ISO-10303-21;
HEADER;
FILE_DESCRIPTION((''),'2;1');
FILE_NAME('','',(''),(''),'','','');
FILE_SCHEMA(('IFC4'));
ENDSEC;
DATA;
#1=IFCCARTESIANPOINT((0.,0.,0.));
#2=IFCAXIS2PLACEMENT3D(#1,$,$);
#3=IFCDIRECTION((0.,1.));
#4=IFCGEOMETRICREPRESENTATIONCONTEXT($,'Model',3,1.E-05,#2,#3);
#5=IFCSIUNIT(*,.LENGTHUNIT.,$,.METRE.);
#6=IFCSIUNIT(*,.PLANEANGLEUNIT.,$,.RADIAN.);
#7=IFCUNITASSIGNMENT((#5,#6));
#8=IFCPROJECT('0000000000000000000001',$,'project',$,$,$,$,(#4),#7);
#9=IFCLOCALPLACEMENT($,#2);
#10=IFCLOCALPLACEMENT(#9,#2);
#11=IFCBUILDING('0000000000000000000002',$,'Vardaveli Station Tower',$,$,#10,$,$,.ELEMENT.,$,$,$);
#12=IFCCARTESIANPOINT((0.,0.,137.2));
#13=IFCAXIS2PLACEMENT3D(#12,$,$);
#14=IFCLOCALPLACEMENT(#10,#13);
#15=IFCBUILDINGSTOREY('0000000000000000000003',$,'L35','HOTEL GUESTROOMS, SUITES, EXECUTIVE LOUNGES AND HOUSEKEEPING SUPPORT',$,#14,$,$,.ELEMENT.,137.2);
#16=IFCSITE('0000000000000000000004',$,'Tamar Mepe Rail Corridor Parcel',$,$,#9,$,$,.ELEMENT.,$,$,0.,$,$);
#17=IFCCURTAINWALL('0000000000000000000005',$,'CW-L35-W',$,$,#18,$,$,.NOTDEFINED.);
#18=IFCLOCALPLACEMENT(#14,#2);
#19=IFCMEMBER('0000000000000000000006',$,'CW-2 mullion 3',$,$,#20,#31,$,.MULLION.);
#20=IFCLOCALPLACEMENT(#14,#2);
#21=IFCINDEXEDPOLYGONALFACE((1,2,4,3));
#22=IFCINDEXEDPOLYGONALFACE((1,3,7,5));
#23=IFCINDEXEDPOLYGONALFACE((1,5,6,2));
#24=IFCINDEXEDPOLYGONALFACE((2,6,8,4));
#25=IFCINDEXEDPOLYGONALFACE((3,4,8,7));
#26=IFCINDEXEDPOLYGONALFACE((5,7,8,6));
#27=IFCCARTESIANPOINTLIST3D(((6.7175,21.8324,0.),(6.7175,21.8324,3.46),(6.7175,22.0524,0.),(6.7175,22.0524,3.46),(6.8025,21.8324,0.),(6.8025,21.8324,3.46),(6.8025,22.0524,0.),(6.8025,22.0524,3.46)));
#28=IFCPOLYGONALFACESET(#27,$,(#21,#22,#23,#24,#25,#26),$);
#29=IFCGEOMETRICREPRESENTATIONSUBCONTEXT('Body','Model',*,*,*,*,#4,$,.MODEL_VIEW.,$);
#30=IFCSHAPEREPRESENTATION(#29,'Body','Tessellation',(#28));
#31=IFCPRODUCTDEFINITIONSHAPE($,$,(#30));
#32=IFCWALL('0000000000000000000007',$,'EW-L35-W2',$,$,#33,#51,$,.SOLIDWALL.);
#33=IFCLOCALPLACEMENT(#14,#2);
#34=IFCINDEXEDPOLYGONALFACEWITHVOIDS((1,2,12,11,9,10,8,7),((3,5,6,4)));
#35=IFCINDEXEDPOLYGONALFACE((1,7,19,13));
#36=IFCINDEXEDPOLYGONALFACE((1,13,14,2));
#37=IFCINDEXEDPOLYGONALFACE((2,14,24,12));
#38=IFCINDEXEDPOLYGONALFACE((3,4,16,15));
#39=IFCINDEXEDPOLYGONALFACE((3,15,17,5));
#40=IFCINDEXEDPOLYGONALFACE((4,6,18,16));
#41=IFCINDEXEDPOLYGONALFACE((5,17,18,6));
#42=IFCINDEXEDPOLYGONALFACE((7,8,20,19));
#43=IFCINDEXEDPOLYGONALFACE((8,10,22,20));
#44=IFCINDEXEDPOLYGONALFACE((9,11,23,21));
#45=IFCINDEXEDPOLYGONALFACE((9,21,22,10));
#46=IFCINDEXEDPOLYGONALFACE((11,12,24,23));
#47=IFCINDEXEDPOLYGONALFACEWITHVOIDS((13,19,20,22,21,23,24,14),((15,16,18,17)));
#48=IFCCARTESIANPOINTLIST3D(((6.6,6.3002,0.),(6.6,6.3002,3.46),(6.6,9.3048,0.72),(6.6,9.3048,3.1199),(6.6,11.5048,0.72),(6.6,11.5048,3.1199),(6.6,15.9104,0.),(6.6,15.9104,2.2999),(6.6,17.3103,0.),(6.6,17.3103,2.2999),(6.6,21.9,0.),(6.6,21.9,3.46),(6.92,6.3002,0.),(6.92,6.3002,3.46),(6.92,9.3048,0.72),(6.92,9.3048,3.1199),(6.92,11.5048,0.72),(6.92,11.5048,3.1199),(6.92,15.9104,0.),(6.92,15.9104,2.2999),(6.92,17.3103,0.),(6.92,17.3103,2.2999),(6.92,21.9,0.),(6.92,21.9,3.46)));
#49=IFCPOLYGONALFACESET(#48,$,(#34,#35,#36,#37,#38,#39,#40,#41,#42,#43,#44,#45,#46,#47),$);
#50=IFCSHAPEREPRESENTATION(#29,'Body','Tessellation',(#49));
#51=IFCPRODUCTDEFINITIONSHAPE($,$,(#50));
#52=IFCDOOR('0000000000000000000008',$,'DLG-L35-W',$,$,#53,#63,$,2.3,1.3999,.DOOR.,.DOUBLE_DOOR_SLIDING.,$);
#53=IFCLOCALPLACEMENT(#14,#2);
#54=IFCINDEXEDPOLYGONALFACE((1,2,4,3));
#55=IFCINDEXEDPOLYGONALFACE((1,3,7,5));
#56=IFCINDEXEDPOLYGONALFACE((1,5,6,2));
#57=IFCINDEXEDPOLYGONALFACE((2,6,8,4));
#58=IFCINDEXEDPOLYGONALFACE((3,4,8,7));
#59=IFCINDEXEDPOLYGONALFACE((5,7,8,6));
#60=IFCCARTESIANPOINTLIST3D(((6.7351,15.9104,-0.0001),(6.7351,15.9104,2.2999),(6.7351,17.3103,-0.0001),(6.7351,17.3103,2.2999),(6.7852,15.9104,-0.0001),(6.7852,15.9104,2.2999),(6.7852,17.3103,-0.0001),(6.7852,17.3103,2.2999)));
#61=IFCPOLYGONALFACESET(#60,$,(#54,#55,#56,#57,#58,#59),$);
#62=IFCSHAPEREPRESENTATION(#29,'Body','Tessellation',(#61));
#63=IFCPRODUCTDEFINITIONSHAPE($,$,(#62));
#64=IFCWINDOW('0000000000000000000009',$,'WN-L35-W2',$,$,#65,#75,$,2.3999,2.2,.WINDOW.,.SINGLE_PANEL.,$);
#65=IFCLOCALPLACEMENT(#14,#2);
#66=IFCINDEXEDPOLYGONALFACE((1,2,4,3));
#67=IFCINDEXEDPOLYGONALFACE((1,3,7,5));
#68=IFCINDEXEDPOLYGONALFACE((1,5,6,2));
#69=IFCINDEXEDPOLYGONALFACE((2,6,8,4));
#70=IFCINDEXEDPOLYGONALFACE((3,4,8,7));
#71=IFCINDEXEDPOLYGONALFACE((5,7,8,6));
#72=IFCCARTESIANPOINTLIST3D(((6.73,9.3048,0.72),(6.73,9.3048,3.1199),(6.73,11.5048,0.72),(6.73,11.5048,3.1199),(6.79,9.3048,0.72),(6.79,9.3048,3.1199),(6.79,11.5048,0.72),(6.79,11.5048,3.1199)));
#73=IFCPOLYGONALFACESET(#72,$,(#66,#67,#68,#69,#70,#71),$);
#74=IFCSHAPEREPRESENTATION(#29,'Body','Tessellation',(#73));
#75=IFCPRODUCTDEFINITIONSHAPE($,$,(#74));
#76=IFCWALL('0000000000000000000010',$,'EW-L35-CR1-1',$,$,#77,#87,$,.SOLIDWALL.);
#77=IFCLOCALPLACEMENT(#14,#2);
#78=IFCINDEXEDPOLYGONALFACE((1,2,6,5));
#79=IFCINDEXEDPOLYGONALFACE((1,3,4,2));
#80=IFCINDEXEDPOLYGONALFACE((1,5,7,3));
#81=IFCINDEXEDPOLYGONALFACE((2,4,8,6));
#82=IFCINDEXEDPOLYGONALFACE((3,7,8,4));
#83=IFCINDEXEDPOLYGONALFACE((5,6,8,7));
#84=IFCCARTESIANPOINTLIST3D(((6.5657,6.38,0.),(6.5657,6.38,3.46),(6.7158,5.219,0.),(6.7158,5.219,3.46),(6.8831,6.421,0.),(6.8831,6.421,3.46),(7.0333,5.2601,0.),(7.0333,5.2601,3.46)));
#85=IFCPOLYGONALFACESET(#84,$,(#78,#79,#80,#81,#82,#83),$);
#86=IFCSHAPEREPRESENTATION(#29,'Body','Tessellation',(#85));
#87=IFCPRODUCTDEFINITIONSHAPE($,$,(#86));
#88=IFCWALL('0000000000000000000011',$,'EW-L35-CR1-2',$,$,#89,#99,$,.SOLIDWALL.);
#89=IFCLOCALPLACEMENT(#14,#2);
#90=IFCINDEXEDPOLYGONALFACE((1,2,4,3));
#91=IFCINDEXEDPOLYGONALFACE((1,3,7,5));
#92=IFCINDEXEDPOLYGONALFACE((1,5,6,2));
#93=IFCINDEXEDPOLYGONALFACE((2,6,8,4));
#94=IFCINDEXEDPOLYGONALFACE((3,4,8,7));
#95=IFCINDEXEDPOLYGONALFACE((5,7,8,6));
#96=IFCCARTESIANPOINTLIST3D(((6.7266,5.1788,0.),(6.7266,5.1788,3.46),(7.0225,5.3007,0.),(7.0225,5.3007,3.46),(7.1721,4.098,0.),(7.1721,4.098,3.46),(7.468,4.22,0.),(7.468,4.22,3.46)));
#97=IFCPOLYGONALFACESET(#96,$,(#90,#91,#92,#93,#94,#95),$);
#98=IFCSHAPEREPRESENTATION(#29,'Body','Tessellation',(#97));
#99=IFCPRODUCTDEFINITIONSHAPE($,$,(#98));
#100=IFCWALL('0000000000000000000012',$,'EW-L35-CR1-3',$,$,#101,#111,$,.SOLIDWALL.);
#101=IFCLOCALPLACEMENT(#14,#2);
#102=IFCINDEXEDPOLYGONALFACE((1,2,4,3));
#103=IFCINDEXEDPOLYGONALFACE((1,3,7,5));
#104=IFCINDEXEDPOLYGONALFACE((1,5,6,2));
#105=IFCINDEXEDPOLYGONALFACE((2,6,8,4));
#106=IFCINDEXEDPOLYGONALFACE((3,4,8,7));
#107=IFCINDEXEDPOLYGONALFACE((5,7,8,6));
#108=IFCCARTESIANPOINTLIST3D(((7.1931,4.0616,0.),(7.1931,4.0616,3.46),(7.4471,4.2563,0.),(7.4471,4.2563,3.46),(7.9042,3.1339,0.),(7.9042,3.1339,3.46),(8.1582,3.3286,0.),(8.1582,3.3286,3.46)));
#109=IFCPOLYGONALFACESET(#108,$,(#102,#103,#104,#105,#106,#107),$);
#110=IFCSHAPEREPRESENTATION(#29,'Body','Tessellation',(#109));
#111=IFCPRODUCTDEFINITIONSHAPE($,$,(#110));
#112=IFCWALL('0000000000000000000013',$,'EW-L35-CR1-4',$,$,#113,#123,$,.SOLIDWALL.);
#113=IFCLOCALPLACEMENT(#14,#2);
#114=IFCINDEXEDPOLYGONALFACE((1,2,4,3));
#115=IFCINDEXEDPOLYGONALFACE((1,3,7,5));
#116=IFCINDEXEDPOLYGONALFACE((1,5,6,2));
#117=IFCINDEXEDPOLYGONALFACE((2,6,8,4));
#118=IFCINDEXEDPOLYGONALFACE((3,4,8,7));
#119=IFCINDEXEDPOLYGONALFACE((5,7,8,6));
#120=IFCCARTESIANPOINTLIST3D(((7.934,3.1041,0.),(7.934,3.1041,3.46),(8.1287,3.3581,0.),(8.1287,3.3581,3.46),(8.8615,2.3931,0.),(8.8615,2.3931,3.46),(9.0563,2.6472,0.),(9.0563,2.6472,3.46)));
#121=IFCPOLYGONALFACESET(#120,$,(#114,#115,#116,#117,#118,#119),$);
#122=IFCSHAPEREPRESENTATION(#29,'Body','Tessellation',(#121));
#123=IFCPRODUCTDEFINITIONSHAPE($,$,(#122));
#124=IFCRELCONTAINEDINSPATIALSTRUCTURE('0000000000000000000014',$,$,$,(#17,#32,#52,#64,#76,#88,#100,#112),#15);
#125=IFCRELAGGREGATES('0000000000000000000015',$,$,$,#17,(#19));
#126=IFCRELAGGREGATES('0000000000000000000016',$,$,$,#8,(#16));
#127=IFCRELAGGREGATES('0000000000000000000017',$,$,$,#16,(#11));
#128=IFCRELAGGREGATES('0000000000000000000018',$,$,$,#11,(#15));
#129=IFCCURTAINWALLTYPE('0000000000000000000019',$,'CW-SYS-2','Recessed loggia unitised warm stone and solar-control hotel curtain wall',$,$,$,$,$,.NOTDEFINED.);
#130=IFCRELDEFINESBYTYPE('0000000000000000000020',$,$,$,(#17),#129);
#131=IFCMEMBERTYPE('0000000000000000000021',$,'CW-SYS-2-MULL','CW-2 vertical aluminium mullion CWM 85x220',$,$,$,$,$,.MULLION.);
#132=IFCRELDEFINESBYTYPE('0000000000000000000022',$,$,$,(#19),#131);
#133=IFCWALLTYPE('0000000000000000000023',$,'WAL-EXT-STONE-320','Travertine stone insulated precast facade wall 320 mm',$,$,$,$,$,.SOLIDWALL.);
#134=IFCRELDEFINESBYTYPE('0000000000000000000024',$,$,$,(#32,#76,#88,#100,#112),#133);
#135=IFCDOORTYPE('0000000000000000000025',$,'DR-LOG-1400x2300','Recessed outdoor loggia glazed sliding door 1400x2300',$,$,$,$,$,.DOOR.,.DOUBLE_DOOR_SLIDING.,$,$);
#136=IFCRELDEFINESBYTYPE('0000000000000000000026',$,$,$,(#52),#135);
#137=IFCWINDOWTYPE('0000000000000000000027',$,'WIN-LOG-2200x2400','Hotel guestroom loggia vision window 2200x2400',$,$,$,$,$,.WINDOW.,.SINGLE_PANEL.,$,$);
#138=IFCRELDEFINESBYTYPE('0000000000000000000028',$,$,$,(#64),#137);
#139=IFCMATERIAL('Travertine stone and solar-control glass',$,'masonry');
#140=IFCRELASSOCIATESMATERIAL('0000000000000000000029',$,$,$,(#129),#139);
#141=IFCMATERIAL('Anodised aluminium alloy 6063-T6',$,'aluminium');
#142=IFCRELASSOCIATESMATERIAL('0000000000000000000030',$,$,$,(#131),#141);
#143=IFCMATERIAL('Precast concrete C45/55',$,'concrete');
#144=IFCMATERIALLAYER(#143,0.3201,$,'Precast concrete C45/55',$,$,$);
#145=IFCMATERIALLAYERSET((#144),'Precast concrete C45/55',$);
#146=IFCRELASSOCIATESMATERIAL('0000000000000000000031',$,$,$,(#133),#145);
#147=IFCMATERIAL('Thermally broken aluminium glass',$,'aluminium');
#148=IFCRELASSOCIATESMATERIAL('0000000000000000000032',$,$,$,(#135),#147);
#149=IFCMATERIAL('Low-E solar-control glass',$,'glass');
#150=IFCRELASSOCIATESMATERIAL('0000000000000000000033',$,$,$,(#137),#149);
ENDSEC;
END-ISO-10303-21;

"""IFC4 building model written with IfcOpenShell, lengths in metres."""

from ifc_helpers import new_model, si_unit, direction, frame, frame_2d, origin, origin_2d, place, context, subcontext, project, spatial, rectangle, extrude, source, transform, mapped, material, layer, layer_set, material_profile, profile_set, type_object, element, fill, aggregate, save


model = new_model("IFC4")

# Units and contexts
model_context = context("Model", 3, precision=1e-05, world=origin(), true_north=direction((0.0, 1.0)))
body_context = subcontext(model_context, "Body", "Model", "MODEL_VIEW")
ifc_project = project(units=[si_unit("LENGTHUNIT", "METRE"), si_unit("PLANEANGLEUNIT", "RADIAN")], contexts=[model_context])

# Site, building, storey
site_placement = place(None, origin())
site = spatial("IfcSite", under=ifc_project, at=site_placement, Name="Tamar Mepe Rail Corridor Parcel", CompositionType="ELEMENT", RefElevation=0.0)
building_placement = place(site_placement, origin())
building = spatial("IfcBuilding", under=site, at=building_placement, Name="Vardaveli Station Tower", CompositionType="ELEMENT")
storey_placement = place(building_placement, frame((0.0, 0.0, 137.2)))
storey = spatial("IfcBuildingStorey", under=building, at=storey_placement, Name="L35", Description="HOTEL GUESTROOMS, SUITES, EXECUTIVE LOUNGES AND HOUSEKEEPING SUPPORT", CompositionType="ELEMENT", Elevation=137.2)

# Shared definitions
ifc_material_1 = material(Name="Precast concrete C45/55", Category="concrete")

# Curtain wall, member
ifc_material_2 = material(Name="Travertine stone and solar-control glass", Category="masonry")
curtain_wall_type = type_object("IfcCurtainWallType", Name="CW-SYS-2", Description="Recessed loggia unitised warm stone and solar-control hotel curtain wall", PredefinedType="NOTDEFINED", material=ifc_material_2)
curtain_wall_placement = place(storey_placement, origin())
curtain_wall = element("IfcCurtainWall", 1, at=curtain_wall_placement, inside=storey, type_object=curtain_wall_type, Name="CW-L35-W", PredefinedType="NOTDEFINED")
ifc_material_3 = material(Name="Anodised aluminium alloy 6063-T6", Category="aluminium")
ifc_material_profile_1 = material_profile(ifc_material_3, rectangle(XDim=0.085, YDim=0.22, at=origin_2d()), Name="CWM 85x220")
ifc_profile_set_1 = profile_set([ifc_material_profile_1], Name="Anodised aluminium alloy 6063-T6")
member_type = type_object("IfcMemberType", Name="CW-SYS-2-MULL", Description="CW-2 vertical aluminium mullion CWM 85x220", PredefinedType="MULLION", material=ifc_profile_set_1)
shared_shape_1 = source(origin(), body_context, "Body", "SweptSolid", [
    extrude(rectangle(XDim=0.085, YDim=0.22, at=origin_2d()), origin(), (0.0, 0.0, 1.0), 3.46),
])
member_placement = place(storey_placement, frame((6.76, 21.9424, 0.0), z_axis=(0.0, 0.0, 1.0), x_axis=(1.0, 0.0, 0.0)))
member = element("IfcMember", 2, at=member_placement, type_object=member_type, Name="CW-2 mullion 3", PredefinedType="MULLION", context=body_context, shape_type="MappedRepresentation", body=[
    mapped(shared_shape_1, transform((0.0, 0.0, 0.0), scale=1.0)),
])
aggregate(curtain_wall, [member])

# Wall, openings, door, window
ifc_layer_1 = layer(ifc_material_1, 0.3201, Name="Precast concrete C45/55")
ifc_layer_set_1 = layer_set([ifc_layer_1], Name="Precast concrete C45/55")
wall_type_1 = type_object("IfcWallType", Name="WAL-EXT-STONE-320", Description="Travertine stone insulated precast facade wall 320 mm", PredefinedType="SOLIDWALL", material=ifc_layer_set_1)
shared_shape_2 = source(origin(), body_context, "Body", "SweptSolid", [
    extrude(rectangle(XDim=15.5999, YDim=0.3201, at=frame_2d((7.7998, 0.0))), origin(), (0.0, 0.0, 1.0), 3.46),
])
wall_1_placement = place(storey_placement, frame((6.76, 21.8999, 0.0), z_axis=(0.0, 0.0, 1.0), x_axis=(0.0, -1.0, 0.0)))
wall_1 = element("IfcWall", 3, at=wall_1_placement, inside=storey, type_object=wall_type_1, Name="EW-L35-W2", PredefinedType="SOLIDWALL", context=body_context, shape_type="MappedRepresentation", body=[
    mapped(shared_shape_2, transform((0.0, 0.0, 0.0), scale=1.0)),
])
shared_shape_3 = source(origin(), body_context, "Body", "SweptSolid", [
    extrude(rectangle(XDim=1.3999, YDim=2.3, at=frame_2d((0.7, 1.1499))), frame((0.0, 0.1699, 0.0), z_axis=(0.0, -1.0, 0.0), x_axis=(1.0, 0.0, 0.0)), (0.0, 0.0, 1.0), 0.3401),
])
opening_1_placement = place(wall_1_placement, frame((4.5896, 0.0, 0.0)))
opening_1 = element("IfcOpeningElement", 4, at=opening_1_placement, cuts=wall_1, PredefinedType="OPENING", context=body_context, shape_type="MappedRepresentation", body=[
    mapped(shared_shape_3, transform((0.0, 0.0, 0.0), scale=1.0)),
])
shared_shape_4 = source(origin(), body_context, "Body", "SweptSolid", [
    extrude(rectangle(XDim=2.2, YDim=2.3999, at=frame_2d((1.1001, 1.2))), frame((0.0, 0.1699, 0.0), z_axis=(0.0, -1.0, 0.0), x_axis=(1.0, 0.0, 0.0)), (0.0, 0.0, 1.0), 0.3401),
])
opening_2_placement = place(wall_1_placement, frame((10.395, 0.0, 0.72)))
opening_2 = element("IfcOpeningElement", 5, at=opening_2_placement, cuts=wall_1, PredefinedType="OPENING", context=body_context, shape_type="MappedRepresentation", body=[
    mapped(shared_shape_4, transform((0.0, 0.0, 0.0), scale=1.0)),
])
ifc_material_4 = material(Name="Thermally broken aluminium glass", Category="aluminium")
door_type_1 = type_object("IfcDoorType", Name="DR-LOG-1400x2300", Description="Recessed outdoor loggia glazed sliding door 1400x2300", OperationType="DOUBLE_DOOR_SLIDING", PredefinedType="DOOR", material=ifc_material_4)
shared_shape_5 = source(origin(), body_context, "Body", "SweptSolid", [
    extrude(rectangle(XDim=1.3999, YDim=2.3, at=frame_2d((0.7, 1.1499))), frame((0.0, 0.0249, 0.0), z_axis=(0.0, -1.0, 0.0), x_axis=(1.0, 0.0, 0.0)), (0.0, 0.0, 1.0), 0.05),
])
door_1_placement = place(opening_1_placement, frame((1.3999, 0.0, 0.0), z_axis=(0.0, 0.0, 1.0), x_axis=(-1.0, 0.0, 0.0)))
door_1 = element("IfcDoor", 6, at=door_1_placement, inside=storey, type_object=door_type_1, Name="DLG-L35-W", OperationType="DOUBLE_DOOR_SLIDING", OverallHeight=2.3, OverallWidth=1.3999, PredefinedType="DOOR", context=body_context, shape_type="MappedRepresentation", body=[
    mapped(shared_shape_5, transform((0.0, 0.0, 0.0), scale=1.0)),
])
fill(opening_1, door_1)
ifc_material_5 = material(Name="Low-E solar-control glass", Category="glass")
window_type = type_object("IfcWindowType", Name="WIN-LOG-2200x2400", Description="Hotel guestroom loggia vision window 2200x2400", PartitioningType="SINGLE_PANEL", PredefinedType="WINDOW", material=ifc_material_5)
shared_shape_6 = source(origin(), body_context, "Body", "SweptSolid", [
    extrude(rectangle(XDim=2.2, YDim=2.3999, at=frame_2d((1.1001, 1.2))), frame((0.0, 0.03, 0.0), z_axis=(0.0, -1.0, 0.0), x_axis=(1.0, 0.0, 0.0)), (0.0, 0.0, 1.0), 0.0601),
])
window_placement = place(opening_2_placement, origin())
window = element("IfcWindow", 7, at=window_placement, inside=storey, type_object=window_type, Name="WN-L35-W2", OverallHeight=2.3999, OverallWidth=2.2, PartitioningType="SINGLE_PANEL", PredefinedType="WINDOW", context=body_context, shape_type="MappedRepresentation", body=[
    mapped(shared_shape_6, transform((0.0, 0.0, 0.0), scale=1.0)),
])
fill(opening_2, window)

# Walls
shared_shape_7 = source(origin(), body_context, "Body", "SweptSolid", [
    extrude(rectangle(XDim=1.1707, YDim=0.3201, at=frame_2d((0.5854, 0.0))), origin(), (0.0, 0.0, 1.0), 3.46),
])
wall_2_placement = place(storey_placement, frame((6.7244, 6.4006, 0.0), z_axis=(0.0, 0.0, 1.0), x_axis=(0.128269, -0.991739, 0.0)))
element("IfcWall", 8, at=wall_2_placement, inside=storey, type_object=wall_type_1, Name="EW-L35-CR1-1", PredefinedType="SOLIDWALL", context=body_context, shape_type="MappedRepresentation", body=[
    mapped(shared_shape_7, transform((0.0, 0.0, 0.0), scale=1.0)),
])
shared_shape_8 = source(origin(), body_context, "Body", "SweptSolid", [
    extrude(rectangle(XDim=1.1689, YDim=0.3201, at=frame_2d((0.5845, 0.0))), origin(), (0.0, 0.0, 1.0), 3.46),
])
for number, where, z_axis, x_axis, name in (
    (9, (6.8745, 5.2397, 0.0), (0.0, 0.0, 1.0), (0.381128, -0.924522, 0.0), "EW-L35-CR1-2"),
    (10, (7.3201, 4.1589, 0.0), (0.0, 0.0, 1.0), (0.608388, -0.79364, 0.0), "EW-L35-CR1-3"),
):
    element("IfcWall", number, at=place(storey_placement, frame(where, z_axis=z_axis, x_axis=x_axis)), inside=storey, type_object=wall_type_1, Name=name, PredefinedType="SOLIDWALL", context=body_context, shape_type="MappedRepresentation", body=[
        mapped(shared_shape_8, transform((0.0, 0.0, 0.0), scale=1.0)),
    ])
shared_shape_9 = source(origin(), body_context, "Body", "SweptSolid", [
    extrude(rectangle(XDim=1.1687, YDim=0.3201, at=frame_2d((0.5845, 0.0))), origin(), (0.0, 0.0, 1.0), 3.46),
])
wall_3_placement = place(storey_placement, frame((8.0312, 3.2312, 0.0), z_axis=(0.0, 0.0, 1.0), x_axis=(0.793664, -0.608357, 0.0)))
element("IfcWall", 11, at=wall_3_placement, inside=storey, type_object=wall_type_1, Name="EW-L35-CR1-4", PredefinedType="SOLIDWALL", context=body_context, shape_type="MappedRepresentation", body=[
    mapped(shared_shape_9, transform((0.0, 0.0, 0.0), scale=1.0)),
])

save(model, "model.ifc")
